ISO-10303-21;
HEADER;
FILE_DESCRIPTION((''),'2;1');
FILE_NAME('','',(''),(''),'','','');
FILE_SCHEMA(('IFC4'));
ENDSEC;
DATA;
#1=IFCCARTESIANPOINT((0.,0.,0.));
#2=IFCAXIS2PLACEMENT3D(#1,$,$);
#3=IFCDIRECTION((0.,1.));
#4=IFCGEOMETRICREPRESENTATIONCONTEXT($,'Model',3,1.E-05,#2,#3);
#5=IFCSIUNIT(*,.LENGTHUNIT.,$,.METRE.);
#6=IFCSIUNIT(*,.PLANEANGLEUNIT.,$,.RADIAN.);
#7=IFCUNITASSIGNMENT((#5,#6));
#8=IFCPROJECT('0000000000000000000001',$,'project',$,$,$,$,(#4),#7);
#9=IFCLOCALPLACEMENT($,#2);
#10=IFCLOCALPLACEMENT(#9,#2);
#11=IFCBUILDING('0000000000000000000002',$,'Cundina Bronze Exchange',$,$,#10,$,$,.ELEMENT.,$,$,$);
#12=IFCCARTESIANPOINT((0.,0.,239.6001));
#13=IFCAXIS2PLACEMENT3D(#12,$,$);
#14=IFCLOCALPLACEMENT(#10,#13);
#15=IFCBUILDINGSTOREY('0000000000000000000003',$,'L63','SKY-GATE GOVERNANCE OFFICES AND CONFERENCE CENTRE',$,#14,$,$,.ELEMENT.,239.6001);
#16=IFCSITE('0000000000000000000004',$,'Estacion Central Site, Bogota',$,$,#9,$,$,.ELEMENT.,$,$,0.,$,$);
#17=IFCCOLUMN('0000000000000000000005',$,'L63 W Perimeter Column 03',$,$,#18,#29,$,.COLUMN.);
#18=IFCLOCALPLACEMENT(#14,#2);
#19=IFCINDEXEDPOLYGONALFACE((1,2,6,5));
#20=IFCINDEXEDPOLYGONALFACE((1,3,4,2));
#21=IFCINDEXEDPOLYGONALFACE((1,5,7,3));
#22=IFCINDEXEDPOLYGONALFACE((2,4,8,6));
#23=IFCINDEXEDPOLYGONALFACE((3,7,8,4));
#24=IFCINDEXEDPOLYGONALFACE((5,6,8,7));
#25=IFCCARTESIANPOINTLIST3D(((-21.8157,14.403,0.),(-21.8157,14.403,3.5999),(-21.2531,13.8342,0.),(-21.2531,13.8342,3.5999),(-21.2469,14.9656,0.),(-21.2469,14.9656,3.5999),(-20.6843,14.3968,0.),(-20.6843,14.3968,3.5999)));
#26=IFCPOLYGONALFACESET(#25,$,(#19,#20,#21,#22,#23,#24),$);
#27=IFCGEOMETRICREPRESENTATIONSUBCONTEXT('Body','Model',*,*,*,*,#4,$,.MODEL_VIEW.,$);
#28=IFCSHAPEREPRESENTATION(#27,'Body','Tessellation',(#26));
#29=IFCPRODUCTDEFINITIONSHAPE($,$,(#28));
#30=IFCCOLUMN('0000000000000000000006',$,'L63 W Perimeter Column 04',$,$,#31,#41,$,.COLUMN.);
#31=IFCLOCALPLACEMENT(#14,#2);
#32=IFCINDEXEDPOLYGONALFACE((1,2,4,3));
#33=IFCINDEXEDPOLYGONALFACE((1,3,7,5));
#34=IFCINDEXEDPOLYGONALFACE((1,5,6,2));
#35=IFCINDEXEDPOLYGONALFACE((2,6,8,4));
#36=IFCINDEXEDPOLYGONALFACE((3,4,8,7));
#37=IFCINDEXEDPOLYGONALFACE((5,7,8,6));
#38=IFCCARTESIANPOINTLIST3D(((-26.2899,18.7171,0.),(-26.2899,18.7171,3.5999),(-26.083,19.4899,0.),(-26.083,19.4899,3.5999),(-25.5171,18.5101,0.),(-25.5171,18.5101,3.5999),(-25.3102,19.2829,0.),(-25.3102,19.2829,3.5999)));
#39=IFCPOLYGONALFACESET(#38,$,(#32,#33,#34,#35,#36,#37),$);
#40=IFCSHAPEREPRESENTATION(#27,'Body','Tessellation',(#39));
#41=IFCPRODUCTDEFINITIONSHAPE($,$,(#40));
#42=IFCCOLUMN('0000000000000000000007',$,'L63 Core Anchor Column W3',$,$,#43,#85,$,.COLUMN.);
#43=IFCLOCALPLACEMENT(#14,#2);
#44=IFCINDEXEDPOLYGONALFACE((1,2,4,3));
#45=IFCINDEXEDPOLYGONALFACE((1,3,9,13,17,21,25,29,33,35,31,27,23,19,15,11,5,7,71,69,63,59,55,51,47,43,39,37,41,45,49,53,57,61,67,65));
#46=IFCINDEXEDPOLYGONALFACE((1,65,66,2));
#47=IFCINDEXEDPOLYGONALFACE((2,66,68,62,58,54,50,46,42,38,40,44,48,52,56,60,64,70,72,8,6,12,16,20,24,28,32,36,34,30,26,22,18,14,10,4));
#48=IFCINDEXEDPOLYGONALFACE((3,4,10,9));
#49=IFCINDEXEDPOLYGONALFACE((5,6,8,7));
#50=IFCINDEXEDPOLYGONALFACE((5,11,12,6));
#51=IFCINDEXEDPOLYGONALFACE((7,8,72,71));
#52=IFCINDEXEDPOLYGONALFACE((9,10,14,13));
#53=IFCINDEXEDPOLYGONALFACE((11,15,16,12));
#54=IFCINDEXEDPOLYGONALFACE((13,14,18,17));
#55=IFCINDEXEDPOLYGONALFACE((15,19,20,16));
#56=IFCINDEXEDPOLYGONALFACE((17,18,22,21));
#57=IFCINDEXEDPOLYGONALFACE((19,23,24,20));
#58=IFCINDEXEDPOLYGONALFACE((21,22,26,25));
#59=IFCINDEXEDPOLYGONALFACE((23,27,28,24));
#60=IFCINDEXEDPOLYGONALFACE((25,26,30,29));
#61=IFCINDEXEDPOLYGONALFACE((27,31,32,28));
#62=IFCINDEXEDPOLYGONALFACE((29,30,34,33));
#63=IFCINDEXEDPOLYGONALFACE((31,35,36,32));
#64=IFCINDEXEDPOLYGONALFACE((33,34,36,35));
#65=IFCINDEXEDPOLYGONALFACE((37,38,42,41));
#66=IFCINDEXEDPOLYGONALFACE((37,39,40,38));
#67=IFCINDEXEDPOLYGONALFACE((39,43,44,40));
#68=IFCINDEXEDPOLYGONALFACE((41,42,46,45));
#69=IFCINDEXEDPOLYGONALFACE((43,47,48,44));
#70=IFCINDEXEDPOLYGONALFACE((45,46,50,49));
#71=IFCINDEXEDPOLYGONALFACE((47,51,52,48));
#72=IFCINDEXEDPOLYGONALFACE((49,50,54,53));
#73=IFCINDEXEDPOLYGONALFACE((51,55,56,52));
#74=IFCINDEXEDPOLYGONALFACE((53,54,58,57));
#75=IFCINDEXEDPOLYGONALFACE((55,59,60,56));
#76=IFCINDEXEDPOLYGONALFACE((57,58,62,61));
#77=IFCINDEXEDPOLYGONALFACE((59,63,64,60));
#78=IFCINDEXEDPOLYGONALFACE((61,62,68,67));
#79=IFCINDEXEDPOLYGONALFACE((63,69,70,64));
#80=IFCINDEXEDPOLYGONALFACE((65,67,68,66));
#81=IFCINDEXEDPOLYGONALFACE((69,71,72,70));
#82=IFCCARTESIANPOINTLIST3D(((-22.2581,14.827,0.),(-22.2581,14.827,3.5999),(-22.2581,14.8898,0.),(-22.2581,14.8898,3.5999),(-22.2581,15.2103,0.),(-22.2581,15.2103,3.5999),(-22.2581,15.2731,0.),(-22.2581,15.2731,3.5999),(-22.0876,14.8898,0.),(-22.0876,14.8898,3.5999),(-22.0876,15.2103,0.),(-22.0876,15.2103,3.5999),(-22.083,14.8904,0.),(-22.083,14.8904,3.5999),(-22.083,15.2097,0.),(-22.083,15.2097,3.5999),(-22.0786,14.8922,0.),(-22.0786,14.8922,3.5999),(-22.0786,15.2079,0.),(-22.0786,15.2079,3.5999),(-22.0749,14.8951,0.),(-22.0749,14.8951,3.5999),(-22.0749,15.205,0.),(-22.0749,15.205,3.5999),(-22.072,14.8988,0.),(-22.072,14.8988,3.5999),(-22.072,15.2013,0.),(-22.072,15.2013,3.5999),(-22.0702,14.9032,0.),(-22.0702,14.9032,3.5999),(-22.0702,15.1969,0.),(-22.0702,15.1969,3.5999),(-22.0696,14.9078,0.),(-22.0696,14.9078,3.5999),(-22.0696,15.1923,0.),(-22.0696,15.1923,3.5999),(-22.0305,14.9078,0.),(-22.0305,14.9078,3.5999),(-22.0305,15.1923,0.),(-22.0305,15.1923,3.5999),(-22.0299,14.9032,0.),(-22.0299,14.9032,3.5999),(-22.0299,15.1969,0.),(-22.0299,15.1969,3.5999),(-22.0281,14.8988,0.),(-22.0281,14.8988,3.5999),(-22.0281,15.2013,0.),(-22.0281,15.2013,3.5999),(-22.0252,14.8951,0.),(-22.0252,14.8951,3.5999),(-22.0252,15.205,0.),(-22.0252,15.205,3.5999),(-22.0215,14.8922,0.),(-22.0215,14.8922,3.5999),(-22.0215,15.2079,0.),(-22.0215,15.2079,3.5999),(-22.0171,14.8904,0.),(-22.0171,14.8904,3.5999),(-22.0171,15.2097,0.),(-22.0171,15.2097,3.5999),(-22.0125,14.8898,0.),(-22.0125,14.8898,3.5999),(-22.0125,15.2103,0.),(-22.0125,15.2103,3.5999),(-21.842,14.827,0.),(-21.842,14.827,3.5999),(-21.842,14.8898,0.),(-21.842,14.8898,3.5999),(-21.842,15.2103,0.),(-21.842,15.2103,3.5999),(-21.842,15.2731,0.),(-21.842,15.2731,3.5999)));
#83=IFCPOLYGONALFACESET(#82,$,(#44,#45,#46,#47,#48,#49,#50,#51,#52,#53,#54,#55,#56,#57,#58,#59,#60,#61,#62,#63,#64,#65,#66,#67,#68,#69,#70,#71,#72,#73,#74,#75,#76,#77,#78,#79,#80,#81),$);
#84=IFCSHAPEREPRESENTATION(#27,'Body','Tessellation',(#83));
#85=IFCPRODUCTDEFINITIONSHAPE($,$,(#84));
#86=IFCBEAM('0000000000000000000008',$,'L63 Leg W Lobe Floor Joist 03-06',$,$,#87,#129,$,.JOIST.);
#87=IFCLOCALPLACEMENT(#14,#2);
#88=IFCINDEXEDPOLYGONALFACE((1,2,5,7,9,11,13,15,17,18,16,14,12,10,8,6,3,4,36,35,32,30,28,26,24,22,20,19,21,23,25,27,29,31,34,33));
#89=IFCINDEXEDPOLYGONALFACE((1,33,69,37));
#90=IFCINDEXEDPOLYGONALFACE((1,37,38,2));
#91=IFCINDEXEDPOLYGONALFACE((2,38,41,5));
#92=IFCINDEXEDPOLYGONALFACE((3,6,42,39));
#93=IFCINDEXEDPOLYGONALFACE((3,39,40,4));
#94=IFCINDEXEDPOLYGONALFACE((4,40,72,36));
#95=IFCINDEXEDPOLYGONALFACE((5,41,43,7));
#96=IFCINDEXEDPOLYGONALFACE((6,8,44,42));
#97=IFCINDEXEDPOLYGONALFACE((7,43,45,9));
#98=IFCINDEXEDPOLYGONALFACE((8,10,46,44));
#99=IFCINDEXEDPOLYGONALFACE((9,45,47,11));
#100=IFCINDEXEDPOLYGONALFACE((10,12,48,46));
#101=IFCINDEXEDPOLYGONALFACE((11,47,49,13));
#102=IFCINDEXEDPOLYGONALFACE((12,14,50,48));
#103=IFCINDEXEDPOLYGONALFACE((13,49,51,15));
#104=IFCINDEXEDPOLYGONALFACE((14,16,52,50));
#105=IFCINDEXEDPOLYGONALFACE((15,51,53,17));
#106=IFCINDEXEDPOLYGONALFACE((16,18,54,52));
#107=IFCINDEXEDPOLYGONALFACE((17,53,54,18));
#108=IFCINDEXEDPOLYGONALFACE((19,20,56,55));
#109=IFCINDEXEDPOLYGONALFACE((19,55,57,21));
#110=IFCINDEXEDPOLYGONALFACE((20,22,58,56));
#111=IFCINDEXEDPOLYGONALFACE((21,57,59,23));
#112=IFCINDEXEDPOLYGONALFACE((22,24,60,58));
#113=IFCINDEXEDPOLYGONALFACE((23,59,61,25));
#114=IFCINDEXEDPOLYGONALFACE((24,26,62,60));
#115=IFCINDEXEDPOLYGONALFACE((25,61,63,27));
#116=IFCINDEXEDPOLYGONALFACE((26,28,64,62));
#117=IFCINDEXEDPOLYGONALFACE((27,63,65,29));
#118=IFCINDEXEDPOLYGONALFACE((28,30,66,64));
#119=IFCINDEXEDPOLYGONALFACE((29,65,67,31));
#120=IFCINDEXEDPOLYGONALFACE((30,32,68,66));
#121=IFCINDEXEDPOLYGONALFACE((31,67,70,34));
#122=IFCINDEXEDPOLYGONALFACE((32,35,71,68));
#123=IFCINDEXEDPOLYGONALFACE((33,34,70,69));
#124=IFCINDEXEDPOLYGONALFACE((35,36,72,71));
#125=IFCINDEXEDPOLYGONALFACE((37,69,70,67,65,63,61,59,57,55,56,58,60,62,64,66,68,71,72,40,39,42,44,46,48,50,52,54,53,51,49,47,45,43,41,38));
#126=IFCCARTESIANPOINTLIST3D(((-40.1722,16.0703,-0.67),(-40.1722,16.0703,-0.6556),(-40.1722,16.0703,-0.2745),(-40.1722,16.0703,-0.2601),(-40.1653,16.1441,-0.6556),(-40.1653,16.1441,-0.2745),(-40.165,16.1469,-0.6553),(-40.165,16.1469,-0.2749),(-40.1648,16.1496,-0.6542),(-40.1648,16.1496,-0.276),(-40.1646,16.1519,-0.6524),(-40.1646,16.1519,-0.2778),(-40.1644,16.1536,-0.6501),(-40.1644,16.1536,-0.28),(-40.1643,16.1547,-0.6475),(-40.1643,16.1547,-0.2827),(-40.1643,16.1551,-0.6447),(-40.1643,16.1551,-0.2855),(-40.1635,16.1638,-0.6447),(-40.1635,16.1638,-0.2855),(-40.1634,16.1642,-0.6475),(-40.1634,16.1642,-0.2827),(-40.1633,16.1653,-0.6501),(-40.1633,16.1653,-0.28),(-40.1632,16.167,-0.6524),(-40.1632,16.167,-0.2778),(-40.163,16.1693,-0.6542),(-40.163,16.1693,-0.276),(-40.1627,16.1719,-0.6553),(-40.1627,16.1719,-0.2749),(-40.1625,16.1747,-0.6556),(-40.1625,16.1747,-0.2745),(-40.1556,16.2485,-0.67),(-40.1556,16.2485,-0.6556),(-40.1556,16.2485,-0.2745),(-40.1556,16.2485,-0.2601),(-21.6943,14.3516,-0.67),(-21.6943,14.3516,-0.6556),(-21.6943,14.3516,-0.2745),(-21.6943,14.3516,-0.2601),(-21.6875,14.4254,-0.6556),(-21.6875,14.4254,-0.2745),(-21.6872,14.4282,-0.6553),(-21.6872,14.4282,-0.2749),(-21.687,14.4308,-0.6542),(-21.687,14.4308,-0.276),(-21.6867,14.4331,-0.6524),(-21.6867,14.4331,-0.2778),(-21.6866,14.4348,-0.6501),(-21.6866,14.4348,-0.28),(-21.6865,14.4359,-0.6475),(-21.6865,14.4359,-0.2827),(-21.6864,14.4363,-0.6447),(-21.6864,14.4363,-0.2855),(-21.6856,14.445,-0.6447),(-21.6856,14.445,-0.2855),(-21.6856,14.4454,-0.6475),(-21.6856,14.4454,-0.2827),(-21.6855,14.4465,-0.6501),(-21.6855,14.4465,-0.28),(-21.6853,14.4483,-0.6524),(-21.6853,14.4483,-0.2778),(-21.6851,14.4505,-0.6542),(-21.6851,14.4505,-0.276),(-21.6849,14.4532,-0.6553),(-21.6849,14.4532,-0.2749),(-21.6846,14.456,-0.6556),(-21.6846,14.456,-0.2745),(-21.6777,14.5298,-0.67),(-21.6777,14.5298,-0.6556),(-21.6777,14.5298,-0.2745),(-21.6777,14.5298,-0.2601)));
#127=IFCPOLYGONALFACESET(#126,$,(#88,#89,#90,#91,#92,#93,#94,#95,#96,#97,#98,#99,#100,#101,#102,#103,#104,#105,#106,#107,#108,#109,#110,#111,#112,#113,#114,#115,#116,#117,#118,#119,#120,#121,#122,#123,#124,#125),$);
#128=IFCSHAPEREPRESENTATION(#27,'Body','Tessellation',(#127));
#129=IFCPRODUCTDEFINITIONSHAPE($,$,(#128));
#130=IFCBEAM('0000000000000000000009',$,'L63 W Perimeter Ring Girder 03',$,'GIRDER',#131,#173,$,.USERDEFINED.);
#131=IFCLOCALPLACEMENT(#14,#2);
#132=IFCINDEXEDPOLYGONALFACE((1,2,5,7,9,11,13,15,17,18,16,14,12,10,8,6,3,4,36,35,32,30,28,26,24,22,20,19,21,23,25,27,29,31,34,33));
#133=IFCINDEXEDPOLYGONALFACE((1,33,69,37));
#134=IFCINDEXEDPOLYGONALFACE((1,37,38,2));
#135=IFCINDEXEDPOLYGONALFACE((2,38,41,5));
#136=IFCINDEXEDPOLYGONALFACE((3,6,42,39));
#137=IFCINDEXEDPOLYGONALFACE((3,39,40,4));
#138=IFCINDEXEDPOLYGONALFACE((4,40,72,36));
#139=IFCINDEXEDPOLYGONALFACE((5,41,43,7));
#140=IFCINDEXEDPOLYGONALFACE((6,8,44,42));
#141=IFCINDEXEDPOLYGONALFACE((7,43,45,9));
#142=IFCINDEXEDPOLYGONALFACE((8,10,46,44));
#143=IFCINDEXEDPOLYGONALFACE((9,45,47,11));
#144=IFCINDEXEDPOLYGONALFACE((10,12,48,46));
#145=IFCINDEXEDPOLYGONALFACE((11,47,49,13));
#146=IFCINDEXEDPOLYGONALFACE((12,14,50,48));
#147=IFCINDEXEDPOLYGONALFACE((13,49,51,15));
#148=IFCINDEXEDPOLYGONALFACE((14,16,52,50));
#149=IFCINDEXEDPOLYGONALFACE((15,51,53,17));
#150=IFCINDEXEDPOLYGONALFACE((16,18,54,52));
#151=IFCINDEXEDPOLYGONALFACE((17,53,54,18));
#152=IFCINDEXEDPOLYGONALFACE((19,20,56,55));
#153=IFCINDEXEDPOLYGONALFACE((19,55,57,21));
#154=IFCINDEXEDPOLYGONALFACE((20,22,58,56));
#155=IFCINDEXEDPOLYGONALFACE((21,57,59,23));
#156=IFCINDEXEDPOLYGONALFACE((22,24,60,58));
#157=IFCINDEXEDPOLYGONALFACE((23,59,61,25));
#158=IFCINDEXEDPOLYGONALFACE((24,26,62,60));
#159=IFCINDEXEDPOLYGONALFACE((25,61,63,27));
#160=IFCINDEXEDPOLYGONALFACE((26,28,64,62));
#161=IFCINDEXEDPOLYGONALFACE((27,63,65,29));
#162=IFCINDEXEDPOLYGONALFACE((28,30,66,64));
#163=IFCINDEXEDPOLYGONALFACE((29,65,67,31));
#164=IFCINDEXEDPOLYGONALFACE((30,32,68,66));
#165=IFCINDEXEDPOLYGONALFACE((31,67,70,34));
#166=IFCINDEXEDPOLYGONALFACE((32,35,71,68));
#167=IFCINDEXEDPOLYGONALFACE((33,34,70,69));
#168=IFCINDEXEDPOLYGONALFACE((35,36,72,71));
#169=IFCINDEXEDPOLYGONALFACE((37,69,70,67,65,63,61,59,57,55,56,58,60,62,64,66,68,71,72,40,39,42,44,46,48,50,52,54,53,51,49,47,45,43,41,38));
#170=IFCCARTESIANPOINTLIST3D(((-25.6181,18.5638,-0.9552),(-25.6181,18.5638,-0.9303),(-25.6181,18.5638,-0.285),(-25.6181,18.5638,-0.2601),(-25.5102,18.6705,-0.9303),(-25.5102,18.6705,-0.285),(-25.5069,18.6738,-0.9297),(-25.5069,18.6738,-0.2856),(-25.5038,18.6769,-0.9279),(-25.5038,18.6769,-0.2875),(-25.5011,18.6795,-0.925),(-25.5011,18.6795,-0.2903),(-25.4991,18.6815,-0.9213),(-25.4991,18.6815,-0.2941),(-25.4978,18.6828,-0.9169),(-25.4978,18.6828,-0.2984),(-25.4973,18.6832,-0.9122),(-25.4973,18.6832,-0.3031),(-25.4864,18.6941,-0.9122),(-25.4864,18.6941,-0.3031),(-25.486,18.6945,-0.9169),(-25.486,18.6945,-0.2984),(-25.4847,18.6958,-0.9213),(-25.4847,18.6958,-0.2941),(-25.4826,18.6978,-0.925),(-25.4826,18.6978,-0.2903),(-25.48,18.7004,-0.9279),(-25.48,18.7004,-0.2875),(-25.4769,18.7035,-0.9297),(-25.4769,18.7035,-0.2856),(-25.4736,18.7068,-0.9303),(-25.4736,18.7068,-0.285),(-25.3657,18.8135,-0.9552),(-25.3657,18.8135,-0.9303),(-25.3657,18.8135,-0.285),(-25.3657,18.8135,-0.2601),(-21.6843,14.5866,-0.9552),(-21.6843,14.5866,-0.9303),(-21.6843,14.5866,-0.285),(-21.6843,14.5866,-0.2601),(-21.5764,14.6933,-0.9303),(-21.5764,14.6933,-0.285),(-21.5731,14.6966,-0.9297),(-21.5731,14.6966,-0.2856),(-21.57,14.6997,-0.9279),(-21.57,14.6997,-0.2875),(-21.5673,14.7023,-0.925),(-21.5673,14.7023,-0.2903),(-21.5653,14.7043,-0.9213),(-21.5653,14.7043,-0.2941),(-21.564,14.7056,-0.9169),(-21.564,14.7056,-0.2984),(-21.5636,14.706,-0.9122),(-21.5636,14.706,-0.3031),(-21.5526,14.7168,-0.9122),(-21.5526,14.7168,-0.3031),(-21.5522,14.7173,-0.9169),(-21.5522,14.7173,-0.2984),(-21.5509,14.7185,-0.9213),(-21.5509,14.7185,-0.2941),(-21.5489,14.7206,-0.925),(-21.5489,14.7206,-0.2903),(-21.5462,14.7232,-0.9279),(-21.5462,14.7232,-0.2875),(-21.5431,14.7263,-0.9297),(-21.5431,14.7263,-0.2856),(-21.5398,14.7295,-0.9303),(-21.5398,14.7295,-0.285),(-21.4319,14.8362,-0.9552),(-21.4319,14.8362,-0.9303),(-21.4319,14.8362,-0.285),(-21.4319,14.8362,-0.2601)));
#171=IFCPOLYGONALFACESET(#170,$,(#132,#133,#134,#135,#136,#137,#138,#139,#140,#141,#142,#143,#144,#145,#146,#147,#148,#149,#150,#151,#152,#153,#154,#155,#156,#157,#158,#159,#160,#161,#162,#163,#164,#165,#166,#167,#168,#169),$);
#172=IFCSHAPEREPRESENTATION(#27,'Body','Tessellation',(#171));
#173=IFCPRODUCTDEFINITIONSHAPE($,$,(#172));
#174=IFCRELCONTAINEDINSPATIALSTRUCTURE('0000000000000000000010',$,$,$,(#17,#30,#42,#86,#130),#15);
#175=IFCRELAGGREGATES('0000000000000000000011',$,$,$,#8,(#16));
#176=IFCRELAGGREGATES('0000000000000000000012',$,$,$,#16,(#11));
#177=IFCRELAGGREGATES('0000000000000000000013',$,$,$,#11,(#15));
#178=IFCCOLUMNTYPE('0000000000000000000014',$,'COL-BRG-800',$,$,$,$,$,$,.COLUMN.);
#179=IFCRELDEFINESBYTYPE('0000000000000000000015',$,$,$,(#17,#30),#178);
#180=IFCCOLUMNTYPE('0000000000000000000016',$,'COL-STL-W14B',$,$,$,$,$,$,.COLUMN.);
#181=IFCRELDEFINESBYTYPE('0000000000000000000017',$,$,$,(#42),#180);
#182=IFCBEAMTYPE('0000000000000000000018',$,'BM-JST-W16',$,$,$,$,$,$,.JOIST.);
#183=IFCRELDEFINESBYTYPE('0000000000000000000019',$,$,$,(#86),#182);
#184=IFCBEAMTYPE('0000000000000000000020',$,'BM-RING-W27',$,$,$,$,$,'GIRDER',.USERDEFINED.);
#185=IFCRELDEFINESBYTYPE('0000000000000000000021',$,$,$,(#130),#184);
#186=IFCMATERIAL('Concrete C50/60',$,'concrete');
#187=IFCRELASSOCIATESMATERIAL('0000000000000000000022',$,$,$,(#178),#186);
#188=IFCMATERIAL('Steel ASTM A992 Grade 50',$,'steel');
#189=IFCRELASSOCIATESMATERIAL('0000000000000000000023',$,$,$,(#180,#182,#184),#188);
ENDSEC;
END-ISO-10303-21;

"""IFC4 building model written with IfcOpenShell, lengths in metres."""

from ifc_helpers import new_model, si_unit, direction, frame, origin, origin_2d, place, context, subcontext, project, spatial, rectangle, i_section, extrude, material, material_profile, profile_set, type_object, element, save


model = new_model("IFC4")

# Units and contexts
model_context = context("Model", 3, precision=1e-05, world=origin(), true_north=direction((0.0, 1.0)))
body_context = subcontext(model_context, "Body", "Model", "MODEL_VIEW")
ifc_project = project(units=[si_unit("LENGTHUNIT", "METRE"), si_unit("PLANEANGLEUNIT", "RADIAN")], contexts=[model_context])

# Site, building, storey
site_placement = place(None, origin())
site = spatial("IfcSite", under=ifc_project, at=site_placement, Name="Estacion Central Site, Bogota", CompositionType="ELEMENT", RefElevation=0.0)
building_placement = place(site_placement, origin())
building = spatial("IfcBuilding", under=site, at=building_placement, Name="Cundina Bronze Exchange", CompositionType="ELEMENT")
storey_placement = place(building_placement, frame((0.0, 0.0, 239.6001)))
storey = spatial("IfcBuildingStorey", under=building, at=storey_placement, Name="L63", Description="SKY-GATE GOVERNANCE OFFICES AND CONFERENCE CENTRE", CompositionType="ELEMENT", Elevation=239.6001)

# Columns
ifc_material_1 = material(Name="Concrete C50/60", Category="concrete")
ifc_material_profile_1 = material_profile(ifc_material_1, rectangle(XDim=0.8, YDim=0.8, at=origin_2d()), Name="RC800X800", Category="concrete")
ifc_profile_set_1 = profile_set([ifc_material_profile_1], Name="Concrete C50/60")
column_type_1 = type_object("IfcColumnType", Name="COL-BRG-800", PredefinedType="COLUMN", material=ifc_profile_set_1)
for number, where, z_axis, x_axis, name in (
    (1, (-21.25, 14.3999, 0.0), (0.0, 0.0, 1.0), (-0.703271, 0.710922, 0.0), "L63 W Perimeter Column 03"),
    (2, (-25.8, 19.0, 0.0), (0.0, 0.0, 1.0), (-0.965971, 0.25865, 0.0), "L63 W Perimeter Column 04"),
):
    element("IfcColumn", number, at=place(storey_placement, frame(where, z_axis=z_axis, x_axis=x_axis)), inside=storey, type_object=column_type_1, Name=name, PredefinedType="COLUMN", context=body_context, shape_type="SweptSolid", body=[
        extrude(rectangle(XDim=0.8, YDim=0.8, at=origin_2d()), origin(), (0.0, 0.0, 1.0), 3.5999),
    ])
ifc_material_2 = material(Name="Steel ASTM A992 Grade 50", Category="steel")
ifc_material_profile_2 = material_profile(ifc_material_2, i_section(OverallWidth=0.416, OverallDepth=0.446, WebThickness=0.0391, FlangeThickness=0.0627, FilletRadius=0.0181, at=origin_2d()), Name="W14X342", Category="steel")
ifc_profile_set_2 = profile_set([ifc_material_profile_2], Name="Steel ASTM A992 Grade 50")
column_type_2 = type_object("IfcColumnType", Name="COL-STL-W14B", PredefinedType="COLUMN", material=ifc_profile_set_2)
column_placement = place(storey_placement, frame((-22.05, 15.05, 0.0), z_axis=(0.0, 0.0, 1.0), x_axis=(1.0, 0.0, 0.0)))
element("IfcColumn", 3, at=column_placement, inside=storey, type_object=column_type_2, Name="L63 Core Anchor Column W3", PredefinedType="COLUMN", context=body_context, shape_type="SweptSolid", body=[
    extrude(i_section(OverallWidth=0.416, OverallDepth=0.446, WebThickness=0.0391, FlangeThickness=0.0627, FilletRadius=0.0181, at=origin_2d()), origin(), (0.0, 0.0, 1.0), 3.5999),
])

# Beams
ifc_material_profile_3 = material_profile(ifc_material_2, i_section(OverallWidth=0.179, OverallDepth=0.4099, WebThickness=0.0088, FlangeThickness=0.0144, FilletRadius=0.011, at=origin_2d()), Name="W16X45", Category="steel")
ifc_profile_set_3 = profile_set([ifc_material_profile_3], Name="Steel ASTM A992 Grade 50")
beam_type_1 = type_object("IfcBeamType", Name="BM-JST-W16", PredefinedType="JOIST", material=ifc_profile_set_3)
beam_1_placement = place(storey_placement, frame((-21.686, 14.4407, -0.4651), z_axis=(-0.995702, 0.092617, 0.0), x_axis=(-0.092617, -0.995702, 0.0)))
element("IfcBeam", 4, at=beam_1_placement, inside=storey, type_object=beam_type_1, Name="L63 Leg W Lobe Floor Joist 03-06", PredefinedType="JOIST", context=body_context, shape_type="SweptSolid", body=[
    extrude(i_section(OverallWidth=0.179, OverallDepth=0.4099, WebThickness=0.0088, FlangeThickness=0.0144, FilletRadius=0.011, at=origin_2d()), origin(), (0.0, 0.0, 1.0), 18.5576),
])
ifc_material_profile_4 = material_profile(ifc_material_2, i_section(OverallWidth=0.355, OverallDepth=0.6951, WebThickness=0.0154, FlangeThickness=0.0249, FilletRadius=0.0181, at=origin_2d()), Name="W27X146", Category="steel")
ifc_profile_set_4 = profile_set([ifc_material_profile_4], Name="Steel ASTM A992 Grade 50")
beam_type_2 = type_object("IfcBeamType", Name="BM-RING-W27", ElementType="GIRDER", PredefinedType="USERDEFINED", material=ifc_profile_set_4)
beam_2_placement = place(storey_placement, frame((-21.5581, 14.7114, -0.6077), z_axis=(-0.703212, 0.71098, 0.0), x_axis=(-0.71098, -0.703212, 0.0)))
element("IfcBeam", 5, at=beam_2_placement, inside=storey, type_object=beam_type_2, Name="L63 W Perimeter Ring Girder 03", ObjectType="GIRDER", PredefinedType="USERDEFINED", context=body_context, shape_type="SweptSolid", body=[
    extrude(i_section(OverallWidth=0.355, OverallDepth=0.6951, WebThickness=0.0154, FlangeThickness=0.0249, FilletRadius=0.0181, at=origin_2d()), origin(), (0.0, 0.0, 1.0), 5.594),
])

save(model, "model.ifc")
